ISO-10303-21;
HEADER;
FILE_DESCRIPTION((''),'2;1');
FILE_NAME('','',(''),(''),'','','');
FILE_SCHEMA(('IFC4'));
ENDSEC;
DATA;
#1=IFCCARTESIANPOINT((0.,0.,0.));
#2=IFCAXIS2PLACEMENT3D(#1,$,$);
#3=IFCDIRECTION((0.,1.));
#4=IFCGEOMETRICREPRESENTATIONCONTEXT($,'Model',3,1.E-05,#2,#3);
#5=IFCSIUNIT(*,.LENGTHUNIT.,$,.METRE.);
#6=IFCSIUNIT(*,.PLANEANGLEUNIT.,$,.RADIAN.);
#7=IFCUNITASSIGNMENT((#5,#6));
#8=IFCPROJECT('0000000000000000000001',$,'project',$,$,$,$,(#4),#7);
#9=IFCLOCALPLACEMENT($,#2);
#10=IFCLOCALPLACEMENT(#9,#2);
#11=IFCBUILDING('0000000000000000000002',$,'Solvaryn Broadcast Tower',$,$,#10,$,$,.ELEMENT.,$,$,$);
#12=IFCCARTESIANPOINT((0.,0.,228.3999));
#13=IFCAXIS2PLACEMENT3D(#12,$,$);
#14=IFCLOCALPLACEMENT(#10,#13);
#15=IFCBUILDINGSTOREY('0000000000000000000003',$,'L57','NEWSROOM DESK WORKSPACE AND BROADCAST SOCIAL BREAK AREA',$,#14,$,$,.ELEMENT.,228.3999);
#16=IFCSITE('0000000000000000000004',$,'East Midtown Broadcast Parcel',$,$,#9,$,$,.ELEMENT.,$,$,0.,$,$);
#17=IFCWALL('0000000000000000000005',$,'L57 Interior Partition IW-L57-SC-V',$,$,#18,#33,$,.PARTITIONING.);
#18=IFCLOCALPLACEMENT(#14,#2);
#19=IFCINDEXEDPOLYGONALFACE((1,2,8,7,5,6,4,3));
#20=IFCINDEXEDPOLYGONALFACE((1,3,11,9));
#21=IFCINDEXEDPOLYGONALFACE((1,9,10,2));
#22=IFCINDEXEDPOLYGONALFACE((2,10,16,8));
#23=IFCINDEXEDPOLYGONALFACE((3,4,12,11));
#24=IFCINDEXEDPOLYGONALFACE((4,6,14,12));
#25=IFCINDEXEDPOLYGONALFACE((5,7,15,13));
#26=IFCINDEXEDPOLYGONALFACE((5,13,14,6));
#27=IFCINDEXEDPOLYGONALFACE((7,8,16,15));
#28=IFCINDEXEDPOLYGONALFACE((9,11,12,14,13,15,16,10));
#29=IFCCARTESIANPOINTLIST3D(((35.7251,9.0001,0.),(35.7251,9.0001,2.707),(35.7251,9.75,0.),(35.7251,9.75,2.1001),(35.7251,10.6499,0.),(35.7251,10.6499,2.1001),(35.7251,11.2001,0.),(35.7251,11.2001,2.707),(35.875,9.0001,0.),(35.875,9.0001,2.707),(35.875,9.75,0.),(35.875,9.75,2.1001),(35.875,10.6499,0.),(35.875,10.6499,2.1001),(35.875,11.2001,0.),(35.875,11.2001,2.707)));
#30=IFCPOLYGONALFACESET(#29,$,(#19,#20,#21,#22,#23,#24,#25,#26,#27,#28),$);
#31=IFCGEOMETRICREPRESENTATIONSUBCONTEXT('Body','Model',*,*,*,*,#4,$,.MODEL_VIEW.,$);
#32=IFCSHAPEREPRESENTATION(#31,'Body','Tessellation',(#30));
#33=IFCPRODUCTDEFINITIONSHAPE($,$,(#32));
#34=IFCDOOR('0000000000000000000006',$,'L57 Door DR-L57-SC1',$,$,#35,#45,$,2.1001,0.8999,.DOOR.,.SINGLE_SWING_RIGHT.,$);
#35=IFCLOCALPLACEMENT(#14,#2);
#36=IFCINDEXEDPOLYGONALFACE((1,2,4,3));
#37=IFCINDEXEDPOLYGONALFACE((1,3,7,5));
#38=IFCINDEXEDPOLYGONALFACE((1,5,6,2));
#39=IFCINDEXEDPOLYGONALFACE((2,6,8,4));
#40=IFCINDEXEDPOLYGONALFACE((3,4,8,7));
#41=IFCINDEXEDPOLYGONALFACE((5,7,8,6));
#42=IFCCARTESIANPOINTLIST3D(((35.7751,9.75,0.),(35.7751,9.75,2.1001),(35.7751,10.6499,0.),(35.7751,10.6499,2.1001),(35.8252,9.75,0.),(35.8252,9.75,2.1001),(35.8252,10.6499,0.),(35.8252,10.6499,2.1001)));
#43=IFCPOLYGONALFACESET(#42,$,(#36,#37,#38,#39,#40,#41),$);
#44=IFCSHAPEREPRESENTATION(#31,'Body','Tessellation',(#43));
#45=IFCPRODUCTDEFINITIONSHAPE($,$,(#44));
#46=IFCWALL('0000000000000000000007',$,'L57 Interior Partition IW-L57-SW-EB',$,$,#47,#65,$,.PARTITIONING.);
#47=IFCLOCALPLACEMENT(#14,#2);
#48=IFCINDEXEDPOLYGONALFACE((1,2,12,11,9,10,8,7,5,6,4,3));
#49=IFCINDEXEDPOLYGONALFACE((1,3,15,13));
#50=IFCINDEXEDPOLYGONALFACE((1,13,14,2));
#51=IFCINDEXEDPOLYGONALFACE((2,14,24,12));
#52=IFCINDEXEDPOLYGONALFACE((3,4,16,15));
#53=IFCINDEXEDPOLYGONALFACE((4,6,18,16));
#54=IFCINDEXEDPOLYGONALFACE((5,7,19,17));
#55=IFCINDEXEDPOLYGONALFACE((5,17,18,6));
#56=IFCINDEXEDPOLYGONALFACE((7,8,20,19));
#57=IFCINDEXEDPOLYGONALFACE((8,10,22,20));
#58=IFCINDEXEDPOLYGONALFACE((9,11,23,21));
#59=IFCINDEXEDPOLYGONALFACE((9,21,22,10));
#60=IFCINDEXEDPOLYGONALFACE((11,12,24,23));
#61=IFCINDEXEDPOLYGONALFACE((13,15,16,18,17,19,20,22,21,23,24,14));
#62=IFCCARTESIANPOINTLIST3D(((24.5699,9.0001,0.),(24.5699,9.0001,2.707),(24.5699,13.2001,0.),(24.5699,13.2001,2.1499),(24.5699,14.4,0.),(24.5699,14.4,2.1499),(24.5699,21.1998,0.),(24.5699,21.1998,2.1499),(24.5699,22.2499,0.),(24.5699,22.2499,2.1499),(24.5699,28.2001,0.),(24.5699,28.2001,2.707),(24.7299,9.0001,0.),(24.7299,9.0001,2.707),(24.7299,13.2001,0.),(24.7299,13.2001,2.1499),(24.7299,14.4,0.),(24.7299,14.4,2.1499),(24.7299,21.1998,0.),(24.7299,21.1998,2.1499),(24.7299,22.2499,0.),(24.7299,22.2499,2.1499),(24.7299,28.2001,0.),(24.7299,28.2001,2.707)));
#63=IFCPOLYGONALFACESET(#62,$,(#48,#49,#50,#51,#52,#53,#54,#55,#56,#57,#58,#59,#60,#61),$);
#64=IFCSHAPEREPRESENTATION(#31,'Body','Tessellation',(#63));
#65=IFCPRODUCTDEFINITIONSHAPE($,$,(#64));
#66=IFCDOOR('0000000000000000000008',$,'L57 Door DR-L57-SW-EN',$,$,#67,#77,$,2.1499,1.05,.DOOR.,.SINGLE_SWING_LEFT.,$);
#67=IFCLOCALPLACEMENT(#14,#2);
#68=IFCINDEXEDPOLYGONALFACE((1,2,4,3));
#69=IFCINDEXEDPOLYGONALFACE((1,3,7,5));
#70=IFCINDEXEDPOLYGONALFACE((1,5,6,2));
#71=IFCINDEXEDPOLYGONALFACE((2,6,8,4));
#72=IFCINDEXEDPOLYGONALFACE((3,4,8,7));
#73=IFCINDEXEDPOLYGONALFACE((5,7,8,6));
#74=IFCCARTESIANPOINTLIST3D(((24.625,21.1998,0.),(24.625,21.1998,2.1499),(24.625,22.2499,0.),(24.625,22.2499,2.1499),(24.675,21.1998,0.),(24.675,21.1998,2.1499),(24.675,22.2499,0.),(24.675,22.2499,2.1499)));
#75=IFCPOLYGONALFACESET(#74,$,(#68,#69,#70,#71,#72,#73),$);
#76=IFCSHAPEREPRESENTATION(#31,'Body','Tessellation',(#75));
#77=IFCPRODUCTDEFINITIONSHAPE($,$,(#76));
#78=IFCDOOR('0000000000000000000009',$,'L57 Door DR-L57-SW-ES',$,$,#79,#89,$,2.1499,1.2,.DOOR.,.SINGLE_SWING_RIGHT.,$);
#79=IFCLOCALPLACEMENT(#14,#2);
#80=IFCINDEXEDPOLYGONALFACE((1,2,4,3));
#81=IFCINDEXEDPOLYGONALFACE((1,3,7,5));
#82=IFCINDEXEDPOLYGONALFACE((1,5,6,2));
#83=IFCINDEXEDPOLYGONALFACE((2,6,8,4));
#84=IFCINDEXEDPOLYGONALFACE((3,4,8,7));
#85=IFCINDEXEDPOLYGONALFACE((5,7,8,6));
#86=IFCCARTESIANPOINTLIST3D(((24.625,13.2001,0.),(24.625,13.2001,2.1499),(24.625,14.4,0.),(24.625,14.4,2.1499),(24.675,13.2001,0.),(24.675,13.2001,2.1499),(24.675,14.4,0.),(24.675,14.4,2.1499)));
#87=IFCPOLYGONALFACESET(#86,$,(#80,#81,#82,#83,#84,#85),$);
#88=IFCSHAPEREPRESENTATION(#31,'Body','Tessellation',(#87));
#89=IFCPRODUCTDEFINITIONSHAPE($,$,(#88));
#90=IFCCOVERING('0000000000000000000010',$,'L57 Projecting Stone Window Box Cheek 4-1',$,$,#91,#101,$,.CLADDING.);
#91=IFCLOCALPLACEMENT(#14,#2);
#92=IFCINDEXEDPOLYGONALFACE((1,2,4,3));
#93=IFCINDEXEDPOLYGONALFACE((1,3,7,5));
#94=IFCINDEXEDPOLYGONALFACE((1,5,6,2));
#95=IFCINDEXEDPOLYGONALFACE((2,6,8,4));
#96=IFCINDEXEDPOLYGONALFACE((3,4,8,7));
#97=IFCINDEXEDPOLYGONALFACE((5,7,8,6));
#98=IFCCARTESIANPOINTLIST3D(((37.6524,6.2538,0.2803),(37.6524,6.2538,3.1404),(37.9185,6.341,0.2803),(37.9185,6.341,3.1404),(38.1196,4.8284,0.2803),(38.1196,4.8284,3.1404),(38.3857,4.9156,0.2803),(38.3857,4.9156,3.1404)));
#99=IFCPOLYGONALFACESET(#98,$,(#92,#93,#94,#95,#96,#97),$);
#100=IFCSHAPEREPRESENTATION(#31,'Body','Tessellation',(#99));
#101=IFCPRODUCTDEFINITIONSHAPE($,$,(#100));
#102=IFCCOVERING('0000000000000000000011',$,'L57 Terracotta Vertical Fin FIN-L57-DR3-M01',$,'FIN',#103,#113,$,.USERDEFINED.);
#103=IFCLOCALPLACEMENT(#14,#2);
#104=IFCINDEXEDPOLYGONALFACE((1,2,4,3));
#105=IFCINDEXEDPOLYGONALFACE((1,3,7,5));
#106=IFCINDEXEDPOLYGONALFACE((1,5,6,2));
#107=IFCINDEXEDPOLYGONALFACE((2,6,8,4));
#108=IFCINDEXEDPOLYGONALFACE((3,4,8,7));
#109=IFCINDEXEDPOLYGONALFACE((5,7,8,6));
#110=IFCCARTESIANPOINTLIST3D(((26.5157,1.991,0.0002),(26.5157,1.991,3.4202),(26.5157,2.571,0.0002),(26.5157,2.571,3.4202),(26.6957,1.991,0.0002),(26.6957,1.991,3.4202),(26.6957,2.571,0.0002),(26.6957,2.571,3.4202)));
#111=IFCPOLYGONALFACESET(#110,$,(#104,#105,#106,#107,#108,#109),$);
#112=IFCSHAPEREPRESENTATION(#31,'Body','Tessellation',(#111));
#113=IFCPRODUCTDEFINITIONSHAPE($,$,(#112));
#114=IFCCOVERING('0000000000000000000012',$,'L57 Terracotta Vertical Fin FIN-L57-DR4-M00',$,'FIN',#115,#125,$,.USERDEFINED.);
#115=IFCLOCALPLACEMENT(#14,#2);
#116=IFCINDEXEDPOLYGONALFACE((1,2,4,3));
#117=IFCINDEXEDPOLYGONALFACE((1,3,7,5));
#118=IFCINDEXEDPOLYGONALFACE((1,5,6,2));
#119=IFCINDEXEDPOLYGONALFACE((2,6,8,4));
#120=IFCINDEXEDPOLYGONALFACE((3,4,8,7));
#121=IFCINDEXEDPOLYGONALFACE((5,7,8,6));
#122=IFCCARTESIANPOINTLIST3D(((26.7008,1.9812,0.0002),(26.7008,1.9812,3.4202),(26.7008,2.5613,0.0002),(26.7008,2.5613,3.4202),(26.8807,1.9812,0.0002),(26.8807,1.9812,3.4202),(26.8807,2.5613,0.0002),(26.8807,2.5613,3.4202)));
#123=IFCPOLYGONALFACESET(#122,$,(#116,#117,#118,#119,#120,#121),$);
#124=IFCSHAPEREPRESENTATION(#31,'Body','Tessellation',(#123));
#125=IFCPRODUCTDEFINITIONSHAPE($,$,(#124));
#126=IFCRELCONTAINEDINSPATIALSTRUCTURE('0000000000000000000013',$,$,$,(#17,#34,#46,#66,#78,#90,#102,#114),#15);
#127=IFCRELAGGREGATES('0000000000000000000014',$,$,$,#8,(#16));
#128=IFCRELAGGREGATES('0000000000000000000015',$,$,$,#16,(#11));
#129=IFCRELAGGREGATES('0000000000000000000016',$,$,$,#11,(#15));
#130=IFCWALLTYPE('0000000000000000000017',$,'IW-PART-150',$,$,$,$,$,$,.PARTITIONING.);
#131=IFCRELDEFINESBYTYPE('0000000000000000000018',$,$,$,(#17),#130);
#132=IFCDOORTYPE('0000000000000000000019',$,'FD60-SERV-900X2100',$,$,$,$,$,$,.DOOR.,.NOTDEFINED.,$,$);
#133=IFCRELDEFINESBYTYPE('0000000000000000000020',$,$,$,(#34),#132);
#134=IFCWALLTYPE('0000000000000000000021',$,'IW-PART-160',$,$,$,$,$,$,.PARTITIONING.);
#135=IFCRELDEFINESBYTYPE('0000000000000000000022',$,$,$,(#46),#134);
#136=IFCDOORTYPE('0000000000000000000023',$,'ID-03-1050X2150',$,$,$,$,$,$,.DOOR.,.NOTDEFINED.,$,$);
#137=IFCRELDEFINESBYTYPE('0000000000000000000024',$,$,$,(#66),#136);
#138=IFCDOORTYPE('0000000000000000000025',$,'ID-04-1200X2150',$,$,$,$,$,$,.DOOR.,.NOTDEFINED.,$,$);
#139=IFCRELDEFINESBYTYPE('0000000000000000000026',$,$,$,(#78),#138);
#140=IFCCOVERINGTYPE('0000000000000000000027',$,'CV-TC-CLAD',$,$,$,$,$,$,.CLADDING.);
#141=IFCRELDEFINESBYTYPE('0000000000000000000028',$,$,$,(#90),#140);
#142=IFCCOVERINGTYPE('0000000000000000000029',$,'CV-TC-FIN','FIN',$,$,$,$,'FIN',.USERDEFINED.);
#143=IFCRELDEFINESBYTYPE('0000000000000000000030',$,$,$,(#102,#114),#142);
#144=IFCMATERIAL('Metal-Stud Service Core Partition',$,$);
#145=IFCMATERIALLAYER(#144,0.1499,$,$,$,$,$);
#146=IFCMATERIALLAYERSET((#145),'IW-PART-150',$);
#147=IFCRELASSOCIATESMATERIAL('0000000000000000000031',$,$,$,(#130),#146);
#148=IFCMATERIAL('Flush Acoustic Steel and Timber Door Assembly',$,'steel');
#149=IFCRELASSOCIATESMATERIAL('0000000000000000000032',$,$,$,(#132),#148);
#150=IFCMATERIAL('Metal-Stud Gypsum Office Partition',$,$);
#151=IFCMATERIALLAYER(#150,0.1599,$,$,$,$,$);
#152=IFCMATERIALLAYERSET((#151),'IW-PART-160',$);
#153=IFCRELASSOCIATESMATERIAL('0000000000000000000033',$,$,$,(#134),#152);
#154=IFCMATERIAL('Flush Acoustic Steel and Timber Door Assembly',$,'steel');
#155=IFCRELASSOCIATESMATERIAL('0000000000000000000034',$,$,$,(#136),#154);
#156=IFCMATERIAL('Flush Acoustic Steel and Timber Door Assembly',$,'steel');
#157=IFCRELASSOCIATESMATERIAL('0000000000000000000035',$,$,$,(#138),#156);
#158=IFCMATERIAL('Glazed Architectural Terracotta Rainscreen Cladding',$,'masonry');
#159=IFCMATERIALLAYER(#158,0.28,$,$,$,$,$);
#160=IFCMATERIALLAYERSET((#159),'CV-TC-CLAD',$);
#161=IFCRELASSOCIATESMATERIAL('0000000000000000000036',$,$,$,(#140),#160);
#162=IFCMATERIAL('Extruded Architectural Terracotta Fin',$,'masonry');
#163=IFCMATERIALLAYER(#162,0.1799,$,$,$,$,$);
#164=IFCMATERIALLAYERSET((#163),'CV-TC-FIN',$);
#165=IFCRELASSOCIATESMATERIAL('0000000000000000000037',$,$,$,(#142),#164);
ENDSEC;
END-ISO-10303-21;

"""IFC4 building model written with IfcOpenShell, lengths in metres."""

from ifc_helpers import new_model, si_unit, direction, frame, frame_2d, origin, origin_2d, place, context, subcontext, project, spatial, rectangle, extrude, material, layer, layer_set, type_object, element, fill, save


model = new_model("IFC4")

# Units and contexts
model_context = context("Model", 3, precision=1e-05, world=origin(), true_north=direction((0.0, 1.0)))
body_context = subcontext(model_context, "Body", "Model", "MODEL_VIEW")
ifc_project = project(units=[si_unit("LENGTHUNIT", "METRE"), si_unit("PLANEANGLEUNIT", "RADIAN")], contexts=[model_context])

# Site, building, storey
site_placement = place(None, origin())
site = spatial("IfcSite", under=ifc_project, at=site_placement, Name="East Midtown Broadcast Parcel", CompositionType="ELEMENT", RefElevation=0.0)
building_placement = place(site_placement, origin())
building = spatial("IfcBuilding", under=site, at=building_placement, Name="Solvaryn Broadcast Tower", CompositionType="ELEMENT")
storey_placement = place(building_placement, frame((0.0, 0.0, 228.3999)))
storey = spatial("IfcBuildingStorey", under=building, at=storey_placement, Name="L57", Description="NEWSROOM DESK WORKSPACE AND BROADCAST SOCIAL BREAK AREA", CompositionType="ELEMENT", Elevation=228.3999)

# Wall, opening, door
ifc_material_1 = material(Name="Metal-Stud Service Core Partition")
ifc_layer_1 = layer(ifc_material_1, 0.1499)
ifc_layer_set_1 = layer_set([ifc_layer_1], Name="IW-PART-150")
wall_type_1 = type_object("IfcWallType", Name="IW-PART-150", PredefinedType="PARTITIONING", material=ifc_layer_set_1)
wall_1_placement = place(storey_placement, frame((35.8, 9.0, 0.0), z_axis=(0.0, 0.0, 1.0), x_axis=(0.0, 1.0, 0.0)))
wall_1 = element("IfcWall", 1, at=wall_1_placement, inside=storey, type_object=wall_type_1, Name="L57 Interior Partition IW-L57-SC-V", PredefinedType="PARTITIONING", context=body_context, shape_type="SweptSolid", body=[
    extrude(rectangle(XDim=2.2, YDim=0.1499, at=frame_2d((1.1001, 0.0))), origin(), (0.0, 0.0, 1.0), 2.707),
])
opening_1_placement = place(wall_1_placement, frame((0.75, 0.0, 0.0)))
opening_1 = element("IfcOpeningElement", 2, at=opening_1_placement, cuts=wall_1, PredefinedType="OPENING", context=body_context, shape_type="SweptSolid", body=[
    extrude(rectangle(XDim=0.8999, YDim=2.1001, at=frame_2d((0.45, 1.05))), frame((0.0, 0.085, 0.0), z_axis=(0.0, -1.0, 0.0), x_axis=(1.0, 0.0, 0.0)), (0.0, 0.0, 1.0), 0.1699),
])
ifc_material_2 = material(Name="Flush Acoustic Steel and Timber Door Assembly", Category="steel")
door_type_1 = type_object("IfcDoorType", Name="FD60-SERV-900X2100", OperationType="NOTDEFINED", PredefinedType="DOOR", material=ifc_material_2)
door_1_placement = place(opening_1_placement, origin())
door_1 = element("IfcDoor", 3, at=door_1_placement, inside=storey, type_object=door_type_1, Name="L57 Door DR-L57-SC1", OperationType="SINGLE_SWING_RIGHT", OverallHeight=2.1001, OverallWidth=0.8999, PredefinedType="DOOR", context=body_context, shape_type="SweptSolid", body=[
    extrude(rectangle(XDim=0.8999, YDim=2.1001, at=frame_2d((0.45, 1.05))), frame((0.0, 0.0249, 0.0), z_axis=(0.0, -1.0, 0.0), x_axis=(1.0, 0.0, 0.0)), (0.0, 0.0, 1.0), 0.05),
])
fill(opening_1, door_1)

# Wall, openings, doors
ifc_material_3 = material(Name="Metal-Stud Gypsum Office Partition")
ifc_layer_2 = layer(ifc_material_3, 0.1599)
ifc_layer_set_2 = layer_set([ifc_layer_2], Name="IW-PART-160")
wall_type_2 = type_object("IfcWallType", Name="IW-PART-160", PredefinedType="PARTITIONING", material=ifc_layer_set_2)
wall_2_placement = place(storey_placement, frame((24.6499, 9.0, 0.0), z_axis=(0.0, 0.0, 1.0), x_axis=(0.0, 1.0, 0.0)))
wall_2 = element("IfcWall", 4, at=wall_2_placement, inside=storey, type_object=wall_type_2, Name="L57 Interior Partition IW-L57-SW-EB", PredefinedType="PARTITIONING", context=body_context, shape_type="SweptSolid", body=[
    extrude(rectangle(XDim=19.2, YDim=0.1599, at=frame_2d((9.6001, 0.0))), origin(), (0.0, 0.0, 1.0), 2.707),
])
opening_2_placement = place(wall_2_placement, frame((12.2, 0.0, 0.0)))
opening_2 = element("IfcOpeningElement", 5, at=opening_2_placement, cuts=wall_2, PredefinedType="OPENING", context=body_context, shape_type="SweptSolid", body=[
    extrude(rectangle(XDim=1.05, YDim=2.1499, at=frame_2d((0.5249, 1.075))), frame((0.0, 0.0901, 0.0), z_axis=(0.0, -1.0, 0.0), x_axis=(1.0, 0.0, 0.0)), (0.0, 0.0, 1.0), 0.1799),
])
opening_3_placement = place(wall_2_placement, frame((4.2, 0.0, 0.0)))
opening_3 = element("IfcOpeningElement", 6, at=opening_3_placement, cuts=wall_2, PredefinedType="OPENING", context=body_context, shape_type="SweptSolid", body=[
    extrude(rectangle(XDim=1.2, YDim=2.1499, at=frame_2d((0.6001, 1.075))), frame((0.0, 0.0901, 0.0), z_axis=(0.0, -1.0, 0.0), x_axis=(1.0, 0.0, 0.0)), (0.0, 0.0, 1.0), 0.1799),
])
ifc_material_4 = material(Name="Flush Acoustic Steel and Timber Door Assembly", Category="steel")
door_type_2 = type_object("IfcDoorType", Name="ID-03-1050X2150", OperationType="NOTDEFINED", PredefinedType="DOOR", material=ifc_material_4)
door_2_placement = place(opening_2_placement, origin())
door_2 = element("IfcDoor", 7, at=door_2_placement, inside=storey, type_object=door_type_2, Name="L57 Door DR-L57-SW-EN", OperationType="SINGLE_SWING_LEFT", OverallHeight=2.1499, OverallWidth=1.05, PredefinedType="DOOR", context=body_context, shape_type="SweptSolid", body=[
    extrude(rectangle(XDim=1.05, YDim=2.1499, at=frame_2d((0.5249, 1.075))), frame((0.0, 0.0249, 0.0), z_axis=(0.0, -1.0, 0.0), x_axis=(1.0, 0.0, 0.0)), (0.0, 0.0, 1.0), 0.05),
])
fill(opening_2, door_2)
ifc_material_5 = material(Name="Flush Acoustic Steel and Timber Door Assembly", Category="steel")
door_type_3 = type_object("IfcDoorType", Name="ID-04-1200X2150", OperationType="NOTDEFINED", PredefinedType="DOOR", material=ifc_material_5)
door_3_placement = place(opening_3_placement, origin())
door_3 = element("IfcDoor", 8, at=door_3_placement, inside=storey, type_object=door_type_3, Name="L57 Door DR-L57-SW-ES", OperationType="SINGLE_SWING_RIGHT", OverallHeight=2.1499, OverallWidth=1.2, PredefinedType="DOOR", context=body_context, shape_type="SweptSolid", body=[
    extrude(rectangle(XDim=1.2, YDim=2.1499, at=frame_2d((0.6001, 1.075))), frame((0.0, 0.0249, 0.0), z_axis=(0.0, -1.0, 0.0), x_axis=(1.0, 0.0, 0.0)), (0.0, 0.0, 1.0), 0.05),
])
fill(opening_3, door_3)

# Coverings
ifc_material_6 = material(Name="Glazed Architectural Terracotta Rainscreen Cladding", Category="masonry")
ifc_layer_3 = layer(ifc_material_6, 0.28)
ifc_layer_set_3 = layer_set([ifc_layer_3], Name="CV-TC-CLAD")
covering_type_1 = type_object("IfcCoveringType", Name="CV-TC-CLAD", PredefinedType="CLADDING", material=ifc_layer_set_3)
covering_placement = place(storey_placement, frame((38.019, 5.5847, 0.2803), z_axis=(0.0, 0.0, 1.0), x_axis=(0.950244, 0.311506, 0.0)))
element("IfcCovering", 9, at=covering_placement, inside=storey, type_object=covering_type_1, Name="L57 Projecting Stone Window Box Cheek 4-1", PredefinedType="CLADDING", context=body_context, shape_type="SweptSolid", body=[
    extrude(rectangle(XDim=0.28, YDim=1.5, at=origin_2d()), origin(), (0.0, 0.0, 1.0), 2.8601),
])
ifc_material_7 = material(Name="Extruded Architectural Terracotta Fin", Category="masonry")
ifc_layer_4 = layer(ifc_material_7, 0.1799)
ifc_layer_set_4 = layer_set([ifc_layer_4], Name="CV-TC-FIN")
covering_type_2 = type_object("IfcCoveringType", Name="CV-TC-FIN", Description="FIN", ElementType="FIN", PredefinedType="USERDEFINED", material=ifc_layer_set_4)
for number, where, z_axis, x_axis, name in (
    (10, (26.6057, 2.281, 0.0002), (0.0, 0.0, 1.0), (1.0, 0.0, 0.0), "L57 Terracotta Vertical Fin FIN-L57-DR3-M01"),
    (11, (26.7908, 2.2712, 0.0002), (0.0, 0.0, 1.0), (1.0, 0.0, 0.0), "L57 Terracotta Vertical Fin FIN-L57-DR4-M00"),
):
    element("IfcCovering", number, at=place(storey_placement, frame(where, z_axis=z_axis, x_axis=x_axis)), inside=storey, type_object=covering_type_2, Name=name, ObjectType="FIN", PredefinedType="USERDEFINED", context=body_context, shape_type="SweptSolid", body=[
        extrude(rectangle(XDim=0.1799, YDim=0.5801, at=origin_2d()), origin(), (0.0, 0.0, 1.0), 3.4199),
    ])

save(model, "model.ifc")
